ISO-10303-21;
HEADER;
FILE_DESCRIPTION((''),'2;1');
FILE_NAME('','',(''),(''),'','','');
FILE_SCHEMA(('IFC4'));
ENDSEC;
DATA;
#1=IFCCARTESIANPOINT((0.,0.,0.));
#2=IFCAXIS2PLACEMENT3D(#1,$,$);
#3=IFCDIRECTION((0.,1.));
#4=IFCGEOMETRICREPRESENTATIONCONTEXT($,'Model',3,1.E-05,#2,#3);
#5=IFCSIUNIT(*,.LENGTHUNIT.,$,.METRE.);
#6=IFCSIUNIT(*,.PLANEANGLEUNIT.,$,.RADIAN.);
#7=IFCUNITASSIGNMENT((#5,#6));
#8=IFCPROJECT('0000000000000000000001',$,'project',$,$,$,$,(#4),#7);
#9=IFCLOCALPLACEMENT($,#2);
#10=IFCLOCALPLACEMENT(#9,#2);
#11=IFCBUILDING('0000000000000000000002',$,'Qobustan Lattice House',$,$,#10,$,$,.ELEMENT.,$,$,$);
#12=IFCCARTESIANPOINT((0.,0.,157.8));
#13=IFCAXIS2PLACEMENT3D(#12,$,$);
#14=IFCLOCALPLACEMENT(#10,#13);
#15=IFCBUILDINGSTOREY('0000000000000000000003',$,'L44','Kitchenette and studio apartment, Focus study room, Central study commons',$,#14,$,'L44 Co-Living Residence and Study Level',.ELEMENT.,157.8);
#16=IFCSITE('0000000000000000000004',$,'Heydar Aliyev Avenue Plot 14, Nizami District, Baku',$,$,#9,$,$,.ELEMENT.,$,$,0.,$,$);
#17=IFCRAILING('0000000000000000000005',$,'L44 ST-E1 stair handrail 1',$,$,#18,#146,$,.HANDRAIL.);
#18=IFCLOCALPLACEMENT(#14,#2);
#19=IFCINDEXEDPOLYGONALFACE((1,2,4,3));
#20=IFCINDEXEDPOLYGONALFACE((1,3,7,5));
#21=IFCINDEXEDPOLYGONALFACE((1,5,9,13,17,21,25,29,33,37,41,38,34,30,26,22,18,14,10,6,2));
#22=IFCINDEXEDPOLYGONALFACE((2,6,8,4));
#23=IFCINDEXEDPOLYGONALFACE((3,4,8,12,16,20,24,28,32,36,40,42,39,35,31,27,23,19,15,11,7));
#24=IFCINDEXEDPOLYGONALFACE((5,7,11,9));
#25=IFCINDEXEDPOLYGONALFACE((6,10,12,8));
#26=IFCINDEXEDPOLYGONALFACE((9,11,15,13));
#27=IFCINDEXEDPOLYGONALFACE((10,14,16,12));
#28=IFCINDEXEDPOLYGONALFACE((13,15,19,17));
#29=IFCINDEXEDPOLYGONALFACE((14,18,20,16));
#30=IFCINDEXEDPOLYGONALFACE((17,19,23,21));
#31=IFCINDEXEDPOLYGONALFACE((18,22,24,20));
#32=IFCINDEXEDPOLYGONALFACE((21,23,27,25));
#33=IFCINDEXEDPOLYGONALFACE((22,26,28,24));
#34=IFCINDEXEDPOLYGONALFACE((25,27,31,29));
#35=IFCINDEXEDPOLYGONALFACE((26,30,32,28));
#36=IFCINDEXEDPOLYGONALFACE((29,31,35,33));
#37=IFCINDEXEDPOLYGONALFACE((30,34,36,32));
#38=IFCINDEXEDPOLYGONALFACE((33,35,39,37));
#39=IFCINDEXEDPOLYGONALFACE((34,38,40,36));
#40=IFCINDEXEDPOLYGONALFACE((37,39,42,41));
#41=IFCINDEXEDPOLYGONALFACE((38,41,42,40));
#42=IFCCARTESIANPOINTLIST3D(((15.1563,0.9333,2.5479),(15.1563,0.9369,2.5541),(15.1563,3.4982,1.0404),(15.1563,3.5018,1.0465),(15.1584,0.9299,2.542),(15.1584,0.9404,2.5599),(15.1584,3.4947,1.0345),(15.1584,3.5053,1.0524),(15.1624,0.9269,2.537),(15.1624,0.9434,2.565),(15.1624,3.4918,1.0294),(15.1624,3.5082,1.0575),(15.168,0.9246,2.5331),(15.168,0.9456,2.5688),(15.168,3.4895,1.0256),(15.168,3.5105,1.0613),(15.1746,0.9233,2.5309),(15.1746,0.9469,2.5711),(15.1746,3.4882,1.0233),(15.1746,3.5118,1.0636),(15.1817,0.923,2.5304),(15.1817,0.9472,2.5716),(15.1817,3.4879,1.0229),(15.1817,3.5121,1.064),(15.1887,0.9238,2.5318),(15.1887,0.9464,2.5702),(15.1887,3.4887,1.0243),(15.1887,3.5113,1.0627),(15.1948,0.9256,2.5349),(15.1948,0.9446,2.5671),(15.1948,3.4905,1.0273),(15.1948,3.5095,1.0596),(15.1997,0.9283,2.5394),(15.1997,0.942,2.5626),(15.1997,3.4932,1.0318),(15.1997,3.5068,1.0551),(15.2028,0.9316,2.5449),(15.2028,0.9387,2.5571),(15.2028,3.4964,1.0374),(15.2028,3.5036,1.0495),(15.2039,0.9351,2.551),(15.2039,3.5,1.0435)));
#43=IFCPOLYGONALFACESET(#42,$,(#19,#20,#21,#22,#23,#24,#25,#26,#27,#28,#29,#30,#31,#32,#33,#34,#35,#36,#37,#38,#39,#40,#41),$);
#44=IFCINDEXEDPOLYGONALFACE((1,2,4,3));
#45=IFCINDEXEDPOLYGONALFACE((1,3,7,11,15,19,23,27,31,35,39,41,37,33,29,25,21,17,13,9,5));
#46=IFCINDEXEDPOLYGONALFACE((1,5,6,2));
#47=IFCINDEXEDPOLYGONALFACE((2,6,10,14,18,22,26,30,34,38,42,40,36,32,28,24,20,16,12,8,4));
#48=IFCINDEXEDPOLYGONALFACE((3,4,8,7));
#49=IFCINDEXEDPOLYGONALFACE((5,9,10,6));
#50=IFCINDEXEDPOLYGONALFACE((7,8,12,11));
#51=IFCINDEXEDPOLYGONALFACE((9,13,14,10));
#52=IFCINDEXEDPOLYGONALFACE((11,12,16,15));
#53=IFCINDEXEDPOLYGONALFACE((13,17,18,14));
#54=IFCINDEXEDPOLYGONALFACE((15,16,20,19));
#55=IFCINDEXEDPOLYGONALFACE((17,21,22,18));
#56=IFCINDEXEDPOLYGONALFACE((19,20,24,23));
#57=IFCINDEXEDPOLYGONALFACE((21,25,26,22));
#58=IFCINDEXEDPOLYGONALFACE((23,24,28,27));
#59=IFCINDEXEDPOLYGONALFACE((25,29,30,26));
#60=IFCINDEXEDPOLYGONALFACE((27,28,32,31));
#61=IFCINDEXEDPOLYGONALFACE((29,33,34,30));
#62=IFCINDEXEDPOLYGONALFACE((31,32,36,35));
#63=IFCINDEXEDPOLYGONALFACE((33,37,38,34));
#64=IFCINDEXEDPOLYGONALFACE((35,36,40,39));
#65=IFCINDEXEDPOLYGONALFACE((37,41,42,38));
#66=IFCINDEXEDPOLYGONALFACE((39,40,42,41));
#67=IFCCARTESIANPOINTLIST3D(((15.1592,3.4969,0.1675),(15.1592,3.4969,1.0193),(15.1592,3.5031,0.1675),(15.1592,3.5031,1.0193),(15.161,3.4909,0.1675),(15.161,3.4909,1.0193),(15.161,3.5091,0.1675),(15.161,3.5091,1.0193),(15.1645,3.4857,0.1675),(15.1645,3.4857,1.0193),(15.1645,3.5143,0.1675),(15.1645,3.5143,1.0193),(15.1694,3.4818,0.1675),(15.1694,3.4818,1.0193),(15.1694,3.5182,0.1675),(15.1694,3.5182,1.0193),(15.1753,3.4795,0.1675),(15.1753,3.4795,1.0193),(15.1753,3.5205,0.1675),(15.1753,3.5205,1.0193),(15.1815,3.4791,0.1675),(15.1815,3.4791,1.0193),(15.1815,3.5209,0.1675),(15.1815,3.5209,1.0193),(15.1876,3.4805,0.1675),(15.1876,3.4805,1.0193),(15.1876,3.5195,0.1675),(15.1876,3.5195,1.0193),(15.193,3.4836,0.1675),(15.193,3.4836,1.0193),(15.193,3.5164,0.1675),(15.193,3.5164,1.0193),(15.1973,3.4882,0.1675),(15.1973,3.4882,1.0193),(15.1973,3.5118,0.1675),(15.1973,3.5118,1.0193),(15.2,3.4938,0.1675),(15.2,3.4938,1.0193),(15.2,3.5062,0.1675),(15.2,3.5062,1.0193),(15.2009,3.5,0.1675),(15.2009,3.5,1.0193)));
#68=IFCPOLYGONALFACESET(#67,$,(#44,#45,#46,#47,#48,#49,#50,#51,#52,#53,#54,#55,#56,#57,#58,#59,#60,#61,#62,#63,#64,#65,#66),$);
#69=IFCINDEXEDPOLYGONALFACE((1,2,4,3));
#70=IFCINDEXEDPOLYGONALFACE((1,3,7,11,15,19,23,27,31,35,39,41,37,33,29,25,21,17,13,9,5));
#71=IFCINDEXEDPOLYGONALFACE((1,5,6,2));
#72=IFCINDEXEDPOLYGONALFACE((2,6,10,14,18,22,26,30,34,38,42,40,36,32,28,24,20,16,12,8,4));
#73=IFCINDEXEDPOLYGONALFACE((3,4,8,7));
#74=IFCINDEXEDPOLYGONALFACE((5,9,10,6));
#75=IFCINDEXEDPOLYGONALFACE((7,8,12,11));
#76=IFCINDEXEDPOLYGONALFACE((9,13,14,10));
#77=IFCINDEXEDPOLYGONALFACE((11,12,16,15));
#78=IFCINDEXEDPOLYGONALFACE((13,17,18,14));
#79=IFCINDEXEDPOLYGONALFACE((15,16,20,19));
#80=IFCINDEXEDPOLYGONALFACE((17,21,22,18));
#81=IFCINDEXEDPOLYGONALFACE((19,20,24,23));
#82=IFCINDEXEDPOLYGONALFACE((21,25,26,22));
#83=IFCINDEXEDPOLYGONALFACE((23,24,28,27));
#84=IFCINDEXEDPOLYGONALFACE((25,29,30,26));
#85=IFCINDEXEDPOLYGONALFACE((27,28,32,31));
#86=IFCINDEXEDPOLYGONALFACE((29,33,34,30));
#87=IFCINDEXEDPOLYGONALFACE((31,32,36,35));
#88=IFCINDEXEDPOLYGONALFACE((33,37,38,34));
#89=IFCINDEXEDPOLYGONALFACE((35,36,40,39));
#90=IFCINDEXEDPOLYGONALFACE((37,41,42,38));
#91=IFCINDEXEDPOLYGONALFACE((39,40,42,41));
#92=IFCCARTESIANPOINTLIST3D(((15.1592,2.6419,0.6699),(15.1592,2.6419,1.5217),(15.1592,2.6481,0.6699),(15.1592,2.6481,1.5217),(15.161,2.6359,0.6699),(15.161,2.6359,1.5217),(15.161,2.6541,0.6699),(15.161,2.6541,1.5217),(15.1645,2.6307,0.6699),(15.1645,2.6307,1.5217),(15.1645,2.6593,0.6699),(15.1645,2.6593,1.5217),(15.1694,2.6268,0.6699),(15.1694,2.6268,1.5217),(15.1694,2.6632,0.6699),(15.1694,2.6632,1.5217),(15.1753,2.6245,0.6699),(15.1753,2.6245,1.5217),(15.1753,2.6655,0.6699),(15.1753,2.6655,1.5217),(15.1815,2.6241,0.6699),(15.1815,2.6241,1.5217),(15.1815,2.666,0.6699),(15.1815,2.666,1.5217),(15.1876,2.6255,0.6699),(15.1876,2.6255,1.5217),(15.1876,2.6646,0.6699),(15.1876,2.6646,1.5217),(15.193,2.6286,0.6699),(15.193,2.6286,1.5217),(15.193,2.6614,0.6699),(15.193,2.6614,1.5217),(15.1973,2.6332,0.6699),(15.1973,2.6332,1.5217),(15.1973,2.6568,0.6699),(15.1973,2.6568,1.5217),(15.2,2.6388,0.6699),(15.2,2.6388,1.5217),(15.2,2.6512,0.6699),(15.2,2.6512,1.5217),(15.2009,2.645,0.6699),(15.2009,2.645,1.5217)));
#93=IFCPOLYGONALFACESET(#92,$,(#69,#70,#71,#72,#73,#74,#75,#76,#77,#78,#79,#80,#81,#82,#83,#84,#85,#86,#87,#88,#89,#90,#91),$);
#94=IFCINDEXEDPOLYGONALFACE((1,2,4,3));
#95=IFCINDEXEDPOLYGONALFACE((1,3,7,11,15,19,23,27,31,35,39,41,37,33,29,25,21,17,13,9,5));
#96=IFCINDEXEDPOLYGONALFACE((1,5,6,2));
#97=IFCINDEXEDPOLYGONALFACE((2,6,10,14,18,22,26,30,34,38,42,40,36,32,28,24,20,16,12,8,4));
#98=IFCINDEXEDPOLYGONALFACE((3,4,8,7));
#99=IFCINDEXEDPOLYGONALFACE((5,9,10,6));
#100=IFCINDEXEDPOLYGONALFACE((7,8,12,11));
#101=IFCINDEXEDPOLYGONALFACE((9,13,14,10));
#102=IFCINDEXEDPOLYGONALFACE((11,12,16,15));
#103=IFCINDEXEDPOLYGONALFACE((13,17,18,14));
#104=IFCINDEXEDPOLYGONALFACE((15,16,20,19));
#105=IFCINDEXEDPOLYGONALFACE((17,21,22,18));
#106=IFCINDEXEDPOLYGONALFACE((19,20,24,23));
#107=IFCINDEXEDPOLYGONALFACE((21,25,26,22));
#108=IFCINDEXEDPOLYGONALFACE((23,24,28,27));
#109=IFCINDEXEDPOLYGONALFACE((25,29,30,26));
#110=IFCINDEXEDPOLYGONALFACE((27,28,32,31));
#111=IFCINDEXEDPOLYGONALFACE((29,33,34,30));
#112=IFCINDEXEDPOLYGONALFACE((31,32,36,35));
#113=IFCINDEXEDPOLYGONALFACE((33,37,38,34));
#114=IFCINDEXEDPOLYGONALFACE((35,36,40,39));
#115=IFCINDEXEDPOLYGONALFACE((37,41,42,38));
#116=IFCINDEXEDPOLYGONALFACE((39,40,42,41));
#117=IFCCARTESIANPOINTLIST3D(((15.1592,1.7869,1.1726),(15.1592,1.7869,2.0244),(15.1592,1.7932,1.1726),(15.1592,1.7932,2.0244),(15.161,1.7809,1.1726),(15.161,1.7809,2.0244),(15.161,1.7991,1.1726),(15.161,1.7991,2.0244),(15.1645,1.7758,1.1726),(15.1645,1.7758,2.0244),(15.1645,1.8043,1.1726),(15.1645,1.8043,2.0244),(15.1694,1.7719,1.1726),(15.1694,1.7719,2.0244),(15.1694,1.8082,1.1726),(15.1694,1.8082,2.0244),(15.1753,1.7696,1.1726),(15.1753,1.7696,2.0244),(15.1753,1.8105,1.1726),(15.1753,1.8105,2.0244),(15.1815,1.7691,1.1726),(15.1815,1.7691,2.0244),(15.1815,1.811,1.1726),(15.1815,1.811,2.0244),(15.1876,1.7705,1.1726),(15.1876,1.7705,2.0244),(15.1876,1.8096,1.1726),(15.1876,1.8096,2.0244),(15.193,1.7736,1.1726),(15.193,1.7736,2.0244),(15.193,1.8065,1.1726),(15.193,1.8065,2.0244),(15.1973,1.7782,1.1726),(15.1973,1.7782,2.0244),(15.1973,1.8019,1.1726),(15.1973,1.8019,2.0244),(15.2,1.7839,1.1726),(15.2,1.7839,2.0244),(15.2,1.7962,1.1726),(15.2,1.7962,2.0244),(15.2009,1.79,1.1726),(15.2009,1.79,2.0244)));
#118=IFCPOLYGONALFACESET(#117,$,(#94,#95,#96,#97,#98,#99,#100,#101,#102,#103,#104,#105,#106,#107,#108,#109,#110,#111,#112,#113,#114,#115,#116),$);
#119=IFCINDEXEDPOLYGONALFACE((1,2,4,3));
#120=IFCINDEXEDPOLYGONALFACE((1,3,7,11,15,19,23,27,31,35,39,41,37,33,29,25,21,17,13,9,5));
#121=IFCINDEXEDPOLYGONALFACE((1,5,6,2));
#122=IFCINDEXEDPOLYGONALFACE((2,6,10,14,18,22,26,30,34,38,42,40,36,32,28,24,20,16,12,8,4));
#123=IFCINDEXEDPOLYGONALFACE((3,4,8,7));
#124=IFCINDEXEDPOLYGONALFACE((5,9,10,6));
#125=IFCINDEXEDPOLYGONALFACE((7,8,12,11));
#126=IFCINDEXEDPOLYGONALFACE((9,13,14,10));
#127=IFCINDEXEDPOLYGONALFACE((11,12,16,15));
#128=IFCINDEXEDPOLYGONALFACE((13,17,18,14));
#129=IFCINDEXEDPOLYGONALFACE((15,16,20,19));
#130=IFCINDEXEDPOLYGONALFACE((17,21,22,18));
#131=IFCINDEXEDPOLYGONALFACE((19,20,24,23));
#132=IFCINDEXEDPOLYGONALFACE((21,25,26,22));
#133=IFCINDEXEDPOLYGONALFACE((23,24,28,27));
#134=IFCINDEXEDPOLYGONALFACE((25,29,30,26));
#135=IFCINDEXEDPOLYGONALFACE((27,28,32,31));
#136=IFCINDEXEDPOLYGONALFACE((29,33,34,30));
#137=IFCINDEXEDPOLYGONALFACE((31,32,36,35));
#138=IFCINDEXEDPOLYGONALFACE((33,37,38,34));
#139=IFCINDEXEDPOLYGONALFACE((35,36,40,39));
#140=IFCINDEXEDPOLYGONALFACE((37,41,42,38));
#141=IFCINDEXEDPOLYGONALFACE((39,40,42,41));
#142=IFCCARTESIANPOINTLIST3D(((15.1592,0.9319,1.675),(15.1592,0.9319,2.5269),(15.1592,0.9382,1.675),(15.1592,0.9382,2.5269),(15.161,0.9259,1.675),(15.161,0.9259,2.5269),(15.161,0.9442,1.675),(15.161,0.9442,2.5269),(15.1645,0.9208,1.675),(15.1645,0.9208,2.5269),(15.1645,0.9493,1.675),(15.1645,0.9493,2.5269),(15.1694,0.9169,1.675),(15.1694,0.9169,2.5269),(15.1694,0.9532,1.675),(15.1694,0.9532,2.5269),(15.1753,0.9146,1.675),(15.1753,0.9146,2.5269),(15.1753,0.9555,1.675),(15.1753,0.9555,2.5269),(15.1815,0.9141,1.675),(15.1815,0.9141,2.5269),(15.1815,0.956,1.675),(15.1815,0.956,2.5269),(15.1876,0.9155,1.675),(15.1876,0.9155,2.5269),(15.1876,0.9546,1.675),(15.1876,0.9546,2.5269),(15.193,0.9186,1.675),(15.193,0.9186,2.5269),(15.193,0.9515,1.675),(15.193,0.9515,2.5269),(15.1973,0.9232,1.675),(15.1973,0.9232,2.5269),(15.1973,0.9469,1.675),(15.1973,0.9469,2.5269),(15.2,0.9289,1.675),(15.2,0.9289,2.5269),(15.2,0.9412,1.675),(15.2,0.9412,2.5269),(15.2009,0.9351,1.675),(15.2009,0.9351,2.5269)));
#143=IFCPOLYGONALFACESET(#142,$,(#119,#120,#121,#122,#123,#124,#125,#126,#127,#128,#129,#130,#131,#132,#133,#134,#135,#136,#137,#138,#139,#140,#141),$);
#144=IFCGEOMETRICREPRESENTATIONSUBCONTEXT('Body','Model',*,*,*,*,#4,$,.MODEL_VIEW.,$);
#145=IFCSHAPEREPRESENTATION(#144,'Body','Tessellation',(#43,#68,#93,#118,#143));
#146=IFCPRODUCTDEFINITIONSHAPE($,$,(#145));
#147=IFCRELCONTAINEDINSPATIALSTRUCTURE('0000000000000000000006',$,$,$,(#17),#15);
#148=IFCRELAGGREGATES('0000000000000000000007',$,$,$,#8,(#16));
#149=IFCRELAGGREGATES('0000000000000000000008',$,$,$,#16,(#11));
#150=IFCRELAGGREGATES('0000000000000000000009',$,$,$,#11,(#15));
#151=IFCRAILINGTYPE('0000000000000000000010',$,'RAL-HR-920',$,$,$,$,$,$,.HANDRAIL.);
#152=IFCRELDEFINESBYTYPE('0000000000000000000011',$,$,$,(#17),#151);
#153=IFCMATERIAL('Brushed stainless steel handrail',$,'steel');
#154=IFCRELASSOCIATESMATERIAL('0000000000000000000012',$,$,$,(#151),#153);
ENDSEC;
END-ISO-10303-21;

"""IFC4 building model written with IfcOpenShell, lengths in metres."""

from ifc_helpers import new_model, si_unit, direction, frame, origin, origin_2d, place, context, subcontext, project, spatial, circle, extrude, material, type_object, element, save


model = new_model("IFC4")

# Units and contexts
model_context = context("Model", 3, precision=1e-05, world=origin(), true_north=direction((0.0, 1.0)))
body_context = subcontext(model_context, "Body", "Model", "MODEL_VIEW")
ifc_project = project(units=[si_unit("LENGTHUNIT", "METRE"), si_unit("PLANEANGLEUNIT", "RADIAN")], contexts=[model_context])

# Site, building, storey
site_placement = place(None, origin())
site = spatial("IfcSite", under=ifc_project, at=site_placement, Name="Heydar Aliyev Avenue Plot 14, Nizami District, Baku", CompositionType="ELEMENT", RefElevation=0.0)
building_placement = place(site_placement, origin())
building = spatial("IfcBuilding", under=site, at=building_placement, Name="Qobustan Lattice House", CompositionType="ELEMENT")
storey_placement = place(building_placement, frame((0.0, 0.0, 157.8)))
storey = spatial("IfcBuildingStorey", under=building, at=storey_placement, Name="L44", Description="Kitchenette and studio apartment, Focus study room, Central study commons", LongName="L44 Co-Living Residence and Study Level", CompositionType="ELEMENT", Elevation=157.8)

# Railing
ifc_material_1 = material(Name="Brushed stainless steel handrail", Category="steel")
railing_type_1 = type_object("IfcRailingType", Name="RAL-HR-920", PredefinedType="HANDRAIL", material=ifc_material_1)
railing_1_placement = place(storey_placement, frame((15.1799, 3.5, 0.1675)))
element("IfcRailing", 1, at=railing_1_placement, inside=storey, type_object=railing_type_1, Name="L44 ST-E1 stair handrail 1", PredefinedType="HANDRAIL", context=body_context, shape_type="SweptSolid", body=[
    extrude(circle(Radius=0.0239, at=origin_2d()), frame((0.0, 0.0, 0.876), z_axis=(0.0, -0.862113, 0.506715), x_axis=(1.0, 0.0, 0.0)), (0.0, 0.0, 1.0), 2.9751),
    extrude(circle(Radius=0.021, at=origin_2d()), origin(), (0.0, 0.0, 1.0), 0.8518),
    extrude(circle(Radius=0.021, at=origin_2d()), frame((0.0, -0.855, 0.5024)), (0.0, 0.0, 1.0), 0.8518),
    extrude(circle(Radius=0.021, at=origin_2d()), frame((0.0, -1.71, 1.0051)), (0.0, 0.0, 1.0), 0.8518),
    extrude(circle(Radius=0.021, at=origin_2d()), frame((0.0, -2.5649, 1.5076)), (0.0, 0.0, 1.0), 0.8518),
])

save(model, "model.ifc")
